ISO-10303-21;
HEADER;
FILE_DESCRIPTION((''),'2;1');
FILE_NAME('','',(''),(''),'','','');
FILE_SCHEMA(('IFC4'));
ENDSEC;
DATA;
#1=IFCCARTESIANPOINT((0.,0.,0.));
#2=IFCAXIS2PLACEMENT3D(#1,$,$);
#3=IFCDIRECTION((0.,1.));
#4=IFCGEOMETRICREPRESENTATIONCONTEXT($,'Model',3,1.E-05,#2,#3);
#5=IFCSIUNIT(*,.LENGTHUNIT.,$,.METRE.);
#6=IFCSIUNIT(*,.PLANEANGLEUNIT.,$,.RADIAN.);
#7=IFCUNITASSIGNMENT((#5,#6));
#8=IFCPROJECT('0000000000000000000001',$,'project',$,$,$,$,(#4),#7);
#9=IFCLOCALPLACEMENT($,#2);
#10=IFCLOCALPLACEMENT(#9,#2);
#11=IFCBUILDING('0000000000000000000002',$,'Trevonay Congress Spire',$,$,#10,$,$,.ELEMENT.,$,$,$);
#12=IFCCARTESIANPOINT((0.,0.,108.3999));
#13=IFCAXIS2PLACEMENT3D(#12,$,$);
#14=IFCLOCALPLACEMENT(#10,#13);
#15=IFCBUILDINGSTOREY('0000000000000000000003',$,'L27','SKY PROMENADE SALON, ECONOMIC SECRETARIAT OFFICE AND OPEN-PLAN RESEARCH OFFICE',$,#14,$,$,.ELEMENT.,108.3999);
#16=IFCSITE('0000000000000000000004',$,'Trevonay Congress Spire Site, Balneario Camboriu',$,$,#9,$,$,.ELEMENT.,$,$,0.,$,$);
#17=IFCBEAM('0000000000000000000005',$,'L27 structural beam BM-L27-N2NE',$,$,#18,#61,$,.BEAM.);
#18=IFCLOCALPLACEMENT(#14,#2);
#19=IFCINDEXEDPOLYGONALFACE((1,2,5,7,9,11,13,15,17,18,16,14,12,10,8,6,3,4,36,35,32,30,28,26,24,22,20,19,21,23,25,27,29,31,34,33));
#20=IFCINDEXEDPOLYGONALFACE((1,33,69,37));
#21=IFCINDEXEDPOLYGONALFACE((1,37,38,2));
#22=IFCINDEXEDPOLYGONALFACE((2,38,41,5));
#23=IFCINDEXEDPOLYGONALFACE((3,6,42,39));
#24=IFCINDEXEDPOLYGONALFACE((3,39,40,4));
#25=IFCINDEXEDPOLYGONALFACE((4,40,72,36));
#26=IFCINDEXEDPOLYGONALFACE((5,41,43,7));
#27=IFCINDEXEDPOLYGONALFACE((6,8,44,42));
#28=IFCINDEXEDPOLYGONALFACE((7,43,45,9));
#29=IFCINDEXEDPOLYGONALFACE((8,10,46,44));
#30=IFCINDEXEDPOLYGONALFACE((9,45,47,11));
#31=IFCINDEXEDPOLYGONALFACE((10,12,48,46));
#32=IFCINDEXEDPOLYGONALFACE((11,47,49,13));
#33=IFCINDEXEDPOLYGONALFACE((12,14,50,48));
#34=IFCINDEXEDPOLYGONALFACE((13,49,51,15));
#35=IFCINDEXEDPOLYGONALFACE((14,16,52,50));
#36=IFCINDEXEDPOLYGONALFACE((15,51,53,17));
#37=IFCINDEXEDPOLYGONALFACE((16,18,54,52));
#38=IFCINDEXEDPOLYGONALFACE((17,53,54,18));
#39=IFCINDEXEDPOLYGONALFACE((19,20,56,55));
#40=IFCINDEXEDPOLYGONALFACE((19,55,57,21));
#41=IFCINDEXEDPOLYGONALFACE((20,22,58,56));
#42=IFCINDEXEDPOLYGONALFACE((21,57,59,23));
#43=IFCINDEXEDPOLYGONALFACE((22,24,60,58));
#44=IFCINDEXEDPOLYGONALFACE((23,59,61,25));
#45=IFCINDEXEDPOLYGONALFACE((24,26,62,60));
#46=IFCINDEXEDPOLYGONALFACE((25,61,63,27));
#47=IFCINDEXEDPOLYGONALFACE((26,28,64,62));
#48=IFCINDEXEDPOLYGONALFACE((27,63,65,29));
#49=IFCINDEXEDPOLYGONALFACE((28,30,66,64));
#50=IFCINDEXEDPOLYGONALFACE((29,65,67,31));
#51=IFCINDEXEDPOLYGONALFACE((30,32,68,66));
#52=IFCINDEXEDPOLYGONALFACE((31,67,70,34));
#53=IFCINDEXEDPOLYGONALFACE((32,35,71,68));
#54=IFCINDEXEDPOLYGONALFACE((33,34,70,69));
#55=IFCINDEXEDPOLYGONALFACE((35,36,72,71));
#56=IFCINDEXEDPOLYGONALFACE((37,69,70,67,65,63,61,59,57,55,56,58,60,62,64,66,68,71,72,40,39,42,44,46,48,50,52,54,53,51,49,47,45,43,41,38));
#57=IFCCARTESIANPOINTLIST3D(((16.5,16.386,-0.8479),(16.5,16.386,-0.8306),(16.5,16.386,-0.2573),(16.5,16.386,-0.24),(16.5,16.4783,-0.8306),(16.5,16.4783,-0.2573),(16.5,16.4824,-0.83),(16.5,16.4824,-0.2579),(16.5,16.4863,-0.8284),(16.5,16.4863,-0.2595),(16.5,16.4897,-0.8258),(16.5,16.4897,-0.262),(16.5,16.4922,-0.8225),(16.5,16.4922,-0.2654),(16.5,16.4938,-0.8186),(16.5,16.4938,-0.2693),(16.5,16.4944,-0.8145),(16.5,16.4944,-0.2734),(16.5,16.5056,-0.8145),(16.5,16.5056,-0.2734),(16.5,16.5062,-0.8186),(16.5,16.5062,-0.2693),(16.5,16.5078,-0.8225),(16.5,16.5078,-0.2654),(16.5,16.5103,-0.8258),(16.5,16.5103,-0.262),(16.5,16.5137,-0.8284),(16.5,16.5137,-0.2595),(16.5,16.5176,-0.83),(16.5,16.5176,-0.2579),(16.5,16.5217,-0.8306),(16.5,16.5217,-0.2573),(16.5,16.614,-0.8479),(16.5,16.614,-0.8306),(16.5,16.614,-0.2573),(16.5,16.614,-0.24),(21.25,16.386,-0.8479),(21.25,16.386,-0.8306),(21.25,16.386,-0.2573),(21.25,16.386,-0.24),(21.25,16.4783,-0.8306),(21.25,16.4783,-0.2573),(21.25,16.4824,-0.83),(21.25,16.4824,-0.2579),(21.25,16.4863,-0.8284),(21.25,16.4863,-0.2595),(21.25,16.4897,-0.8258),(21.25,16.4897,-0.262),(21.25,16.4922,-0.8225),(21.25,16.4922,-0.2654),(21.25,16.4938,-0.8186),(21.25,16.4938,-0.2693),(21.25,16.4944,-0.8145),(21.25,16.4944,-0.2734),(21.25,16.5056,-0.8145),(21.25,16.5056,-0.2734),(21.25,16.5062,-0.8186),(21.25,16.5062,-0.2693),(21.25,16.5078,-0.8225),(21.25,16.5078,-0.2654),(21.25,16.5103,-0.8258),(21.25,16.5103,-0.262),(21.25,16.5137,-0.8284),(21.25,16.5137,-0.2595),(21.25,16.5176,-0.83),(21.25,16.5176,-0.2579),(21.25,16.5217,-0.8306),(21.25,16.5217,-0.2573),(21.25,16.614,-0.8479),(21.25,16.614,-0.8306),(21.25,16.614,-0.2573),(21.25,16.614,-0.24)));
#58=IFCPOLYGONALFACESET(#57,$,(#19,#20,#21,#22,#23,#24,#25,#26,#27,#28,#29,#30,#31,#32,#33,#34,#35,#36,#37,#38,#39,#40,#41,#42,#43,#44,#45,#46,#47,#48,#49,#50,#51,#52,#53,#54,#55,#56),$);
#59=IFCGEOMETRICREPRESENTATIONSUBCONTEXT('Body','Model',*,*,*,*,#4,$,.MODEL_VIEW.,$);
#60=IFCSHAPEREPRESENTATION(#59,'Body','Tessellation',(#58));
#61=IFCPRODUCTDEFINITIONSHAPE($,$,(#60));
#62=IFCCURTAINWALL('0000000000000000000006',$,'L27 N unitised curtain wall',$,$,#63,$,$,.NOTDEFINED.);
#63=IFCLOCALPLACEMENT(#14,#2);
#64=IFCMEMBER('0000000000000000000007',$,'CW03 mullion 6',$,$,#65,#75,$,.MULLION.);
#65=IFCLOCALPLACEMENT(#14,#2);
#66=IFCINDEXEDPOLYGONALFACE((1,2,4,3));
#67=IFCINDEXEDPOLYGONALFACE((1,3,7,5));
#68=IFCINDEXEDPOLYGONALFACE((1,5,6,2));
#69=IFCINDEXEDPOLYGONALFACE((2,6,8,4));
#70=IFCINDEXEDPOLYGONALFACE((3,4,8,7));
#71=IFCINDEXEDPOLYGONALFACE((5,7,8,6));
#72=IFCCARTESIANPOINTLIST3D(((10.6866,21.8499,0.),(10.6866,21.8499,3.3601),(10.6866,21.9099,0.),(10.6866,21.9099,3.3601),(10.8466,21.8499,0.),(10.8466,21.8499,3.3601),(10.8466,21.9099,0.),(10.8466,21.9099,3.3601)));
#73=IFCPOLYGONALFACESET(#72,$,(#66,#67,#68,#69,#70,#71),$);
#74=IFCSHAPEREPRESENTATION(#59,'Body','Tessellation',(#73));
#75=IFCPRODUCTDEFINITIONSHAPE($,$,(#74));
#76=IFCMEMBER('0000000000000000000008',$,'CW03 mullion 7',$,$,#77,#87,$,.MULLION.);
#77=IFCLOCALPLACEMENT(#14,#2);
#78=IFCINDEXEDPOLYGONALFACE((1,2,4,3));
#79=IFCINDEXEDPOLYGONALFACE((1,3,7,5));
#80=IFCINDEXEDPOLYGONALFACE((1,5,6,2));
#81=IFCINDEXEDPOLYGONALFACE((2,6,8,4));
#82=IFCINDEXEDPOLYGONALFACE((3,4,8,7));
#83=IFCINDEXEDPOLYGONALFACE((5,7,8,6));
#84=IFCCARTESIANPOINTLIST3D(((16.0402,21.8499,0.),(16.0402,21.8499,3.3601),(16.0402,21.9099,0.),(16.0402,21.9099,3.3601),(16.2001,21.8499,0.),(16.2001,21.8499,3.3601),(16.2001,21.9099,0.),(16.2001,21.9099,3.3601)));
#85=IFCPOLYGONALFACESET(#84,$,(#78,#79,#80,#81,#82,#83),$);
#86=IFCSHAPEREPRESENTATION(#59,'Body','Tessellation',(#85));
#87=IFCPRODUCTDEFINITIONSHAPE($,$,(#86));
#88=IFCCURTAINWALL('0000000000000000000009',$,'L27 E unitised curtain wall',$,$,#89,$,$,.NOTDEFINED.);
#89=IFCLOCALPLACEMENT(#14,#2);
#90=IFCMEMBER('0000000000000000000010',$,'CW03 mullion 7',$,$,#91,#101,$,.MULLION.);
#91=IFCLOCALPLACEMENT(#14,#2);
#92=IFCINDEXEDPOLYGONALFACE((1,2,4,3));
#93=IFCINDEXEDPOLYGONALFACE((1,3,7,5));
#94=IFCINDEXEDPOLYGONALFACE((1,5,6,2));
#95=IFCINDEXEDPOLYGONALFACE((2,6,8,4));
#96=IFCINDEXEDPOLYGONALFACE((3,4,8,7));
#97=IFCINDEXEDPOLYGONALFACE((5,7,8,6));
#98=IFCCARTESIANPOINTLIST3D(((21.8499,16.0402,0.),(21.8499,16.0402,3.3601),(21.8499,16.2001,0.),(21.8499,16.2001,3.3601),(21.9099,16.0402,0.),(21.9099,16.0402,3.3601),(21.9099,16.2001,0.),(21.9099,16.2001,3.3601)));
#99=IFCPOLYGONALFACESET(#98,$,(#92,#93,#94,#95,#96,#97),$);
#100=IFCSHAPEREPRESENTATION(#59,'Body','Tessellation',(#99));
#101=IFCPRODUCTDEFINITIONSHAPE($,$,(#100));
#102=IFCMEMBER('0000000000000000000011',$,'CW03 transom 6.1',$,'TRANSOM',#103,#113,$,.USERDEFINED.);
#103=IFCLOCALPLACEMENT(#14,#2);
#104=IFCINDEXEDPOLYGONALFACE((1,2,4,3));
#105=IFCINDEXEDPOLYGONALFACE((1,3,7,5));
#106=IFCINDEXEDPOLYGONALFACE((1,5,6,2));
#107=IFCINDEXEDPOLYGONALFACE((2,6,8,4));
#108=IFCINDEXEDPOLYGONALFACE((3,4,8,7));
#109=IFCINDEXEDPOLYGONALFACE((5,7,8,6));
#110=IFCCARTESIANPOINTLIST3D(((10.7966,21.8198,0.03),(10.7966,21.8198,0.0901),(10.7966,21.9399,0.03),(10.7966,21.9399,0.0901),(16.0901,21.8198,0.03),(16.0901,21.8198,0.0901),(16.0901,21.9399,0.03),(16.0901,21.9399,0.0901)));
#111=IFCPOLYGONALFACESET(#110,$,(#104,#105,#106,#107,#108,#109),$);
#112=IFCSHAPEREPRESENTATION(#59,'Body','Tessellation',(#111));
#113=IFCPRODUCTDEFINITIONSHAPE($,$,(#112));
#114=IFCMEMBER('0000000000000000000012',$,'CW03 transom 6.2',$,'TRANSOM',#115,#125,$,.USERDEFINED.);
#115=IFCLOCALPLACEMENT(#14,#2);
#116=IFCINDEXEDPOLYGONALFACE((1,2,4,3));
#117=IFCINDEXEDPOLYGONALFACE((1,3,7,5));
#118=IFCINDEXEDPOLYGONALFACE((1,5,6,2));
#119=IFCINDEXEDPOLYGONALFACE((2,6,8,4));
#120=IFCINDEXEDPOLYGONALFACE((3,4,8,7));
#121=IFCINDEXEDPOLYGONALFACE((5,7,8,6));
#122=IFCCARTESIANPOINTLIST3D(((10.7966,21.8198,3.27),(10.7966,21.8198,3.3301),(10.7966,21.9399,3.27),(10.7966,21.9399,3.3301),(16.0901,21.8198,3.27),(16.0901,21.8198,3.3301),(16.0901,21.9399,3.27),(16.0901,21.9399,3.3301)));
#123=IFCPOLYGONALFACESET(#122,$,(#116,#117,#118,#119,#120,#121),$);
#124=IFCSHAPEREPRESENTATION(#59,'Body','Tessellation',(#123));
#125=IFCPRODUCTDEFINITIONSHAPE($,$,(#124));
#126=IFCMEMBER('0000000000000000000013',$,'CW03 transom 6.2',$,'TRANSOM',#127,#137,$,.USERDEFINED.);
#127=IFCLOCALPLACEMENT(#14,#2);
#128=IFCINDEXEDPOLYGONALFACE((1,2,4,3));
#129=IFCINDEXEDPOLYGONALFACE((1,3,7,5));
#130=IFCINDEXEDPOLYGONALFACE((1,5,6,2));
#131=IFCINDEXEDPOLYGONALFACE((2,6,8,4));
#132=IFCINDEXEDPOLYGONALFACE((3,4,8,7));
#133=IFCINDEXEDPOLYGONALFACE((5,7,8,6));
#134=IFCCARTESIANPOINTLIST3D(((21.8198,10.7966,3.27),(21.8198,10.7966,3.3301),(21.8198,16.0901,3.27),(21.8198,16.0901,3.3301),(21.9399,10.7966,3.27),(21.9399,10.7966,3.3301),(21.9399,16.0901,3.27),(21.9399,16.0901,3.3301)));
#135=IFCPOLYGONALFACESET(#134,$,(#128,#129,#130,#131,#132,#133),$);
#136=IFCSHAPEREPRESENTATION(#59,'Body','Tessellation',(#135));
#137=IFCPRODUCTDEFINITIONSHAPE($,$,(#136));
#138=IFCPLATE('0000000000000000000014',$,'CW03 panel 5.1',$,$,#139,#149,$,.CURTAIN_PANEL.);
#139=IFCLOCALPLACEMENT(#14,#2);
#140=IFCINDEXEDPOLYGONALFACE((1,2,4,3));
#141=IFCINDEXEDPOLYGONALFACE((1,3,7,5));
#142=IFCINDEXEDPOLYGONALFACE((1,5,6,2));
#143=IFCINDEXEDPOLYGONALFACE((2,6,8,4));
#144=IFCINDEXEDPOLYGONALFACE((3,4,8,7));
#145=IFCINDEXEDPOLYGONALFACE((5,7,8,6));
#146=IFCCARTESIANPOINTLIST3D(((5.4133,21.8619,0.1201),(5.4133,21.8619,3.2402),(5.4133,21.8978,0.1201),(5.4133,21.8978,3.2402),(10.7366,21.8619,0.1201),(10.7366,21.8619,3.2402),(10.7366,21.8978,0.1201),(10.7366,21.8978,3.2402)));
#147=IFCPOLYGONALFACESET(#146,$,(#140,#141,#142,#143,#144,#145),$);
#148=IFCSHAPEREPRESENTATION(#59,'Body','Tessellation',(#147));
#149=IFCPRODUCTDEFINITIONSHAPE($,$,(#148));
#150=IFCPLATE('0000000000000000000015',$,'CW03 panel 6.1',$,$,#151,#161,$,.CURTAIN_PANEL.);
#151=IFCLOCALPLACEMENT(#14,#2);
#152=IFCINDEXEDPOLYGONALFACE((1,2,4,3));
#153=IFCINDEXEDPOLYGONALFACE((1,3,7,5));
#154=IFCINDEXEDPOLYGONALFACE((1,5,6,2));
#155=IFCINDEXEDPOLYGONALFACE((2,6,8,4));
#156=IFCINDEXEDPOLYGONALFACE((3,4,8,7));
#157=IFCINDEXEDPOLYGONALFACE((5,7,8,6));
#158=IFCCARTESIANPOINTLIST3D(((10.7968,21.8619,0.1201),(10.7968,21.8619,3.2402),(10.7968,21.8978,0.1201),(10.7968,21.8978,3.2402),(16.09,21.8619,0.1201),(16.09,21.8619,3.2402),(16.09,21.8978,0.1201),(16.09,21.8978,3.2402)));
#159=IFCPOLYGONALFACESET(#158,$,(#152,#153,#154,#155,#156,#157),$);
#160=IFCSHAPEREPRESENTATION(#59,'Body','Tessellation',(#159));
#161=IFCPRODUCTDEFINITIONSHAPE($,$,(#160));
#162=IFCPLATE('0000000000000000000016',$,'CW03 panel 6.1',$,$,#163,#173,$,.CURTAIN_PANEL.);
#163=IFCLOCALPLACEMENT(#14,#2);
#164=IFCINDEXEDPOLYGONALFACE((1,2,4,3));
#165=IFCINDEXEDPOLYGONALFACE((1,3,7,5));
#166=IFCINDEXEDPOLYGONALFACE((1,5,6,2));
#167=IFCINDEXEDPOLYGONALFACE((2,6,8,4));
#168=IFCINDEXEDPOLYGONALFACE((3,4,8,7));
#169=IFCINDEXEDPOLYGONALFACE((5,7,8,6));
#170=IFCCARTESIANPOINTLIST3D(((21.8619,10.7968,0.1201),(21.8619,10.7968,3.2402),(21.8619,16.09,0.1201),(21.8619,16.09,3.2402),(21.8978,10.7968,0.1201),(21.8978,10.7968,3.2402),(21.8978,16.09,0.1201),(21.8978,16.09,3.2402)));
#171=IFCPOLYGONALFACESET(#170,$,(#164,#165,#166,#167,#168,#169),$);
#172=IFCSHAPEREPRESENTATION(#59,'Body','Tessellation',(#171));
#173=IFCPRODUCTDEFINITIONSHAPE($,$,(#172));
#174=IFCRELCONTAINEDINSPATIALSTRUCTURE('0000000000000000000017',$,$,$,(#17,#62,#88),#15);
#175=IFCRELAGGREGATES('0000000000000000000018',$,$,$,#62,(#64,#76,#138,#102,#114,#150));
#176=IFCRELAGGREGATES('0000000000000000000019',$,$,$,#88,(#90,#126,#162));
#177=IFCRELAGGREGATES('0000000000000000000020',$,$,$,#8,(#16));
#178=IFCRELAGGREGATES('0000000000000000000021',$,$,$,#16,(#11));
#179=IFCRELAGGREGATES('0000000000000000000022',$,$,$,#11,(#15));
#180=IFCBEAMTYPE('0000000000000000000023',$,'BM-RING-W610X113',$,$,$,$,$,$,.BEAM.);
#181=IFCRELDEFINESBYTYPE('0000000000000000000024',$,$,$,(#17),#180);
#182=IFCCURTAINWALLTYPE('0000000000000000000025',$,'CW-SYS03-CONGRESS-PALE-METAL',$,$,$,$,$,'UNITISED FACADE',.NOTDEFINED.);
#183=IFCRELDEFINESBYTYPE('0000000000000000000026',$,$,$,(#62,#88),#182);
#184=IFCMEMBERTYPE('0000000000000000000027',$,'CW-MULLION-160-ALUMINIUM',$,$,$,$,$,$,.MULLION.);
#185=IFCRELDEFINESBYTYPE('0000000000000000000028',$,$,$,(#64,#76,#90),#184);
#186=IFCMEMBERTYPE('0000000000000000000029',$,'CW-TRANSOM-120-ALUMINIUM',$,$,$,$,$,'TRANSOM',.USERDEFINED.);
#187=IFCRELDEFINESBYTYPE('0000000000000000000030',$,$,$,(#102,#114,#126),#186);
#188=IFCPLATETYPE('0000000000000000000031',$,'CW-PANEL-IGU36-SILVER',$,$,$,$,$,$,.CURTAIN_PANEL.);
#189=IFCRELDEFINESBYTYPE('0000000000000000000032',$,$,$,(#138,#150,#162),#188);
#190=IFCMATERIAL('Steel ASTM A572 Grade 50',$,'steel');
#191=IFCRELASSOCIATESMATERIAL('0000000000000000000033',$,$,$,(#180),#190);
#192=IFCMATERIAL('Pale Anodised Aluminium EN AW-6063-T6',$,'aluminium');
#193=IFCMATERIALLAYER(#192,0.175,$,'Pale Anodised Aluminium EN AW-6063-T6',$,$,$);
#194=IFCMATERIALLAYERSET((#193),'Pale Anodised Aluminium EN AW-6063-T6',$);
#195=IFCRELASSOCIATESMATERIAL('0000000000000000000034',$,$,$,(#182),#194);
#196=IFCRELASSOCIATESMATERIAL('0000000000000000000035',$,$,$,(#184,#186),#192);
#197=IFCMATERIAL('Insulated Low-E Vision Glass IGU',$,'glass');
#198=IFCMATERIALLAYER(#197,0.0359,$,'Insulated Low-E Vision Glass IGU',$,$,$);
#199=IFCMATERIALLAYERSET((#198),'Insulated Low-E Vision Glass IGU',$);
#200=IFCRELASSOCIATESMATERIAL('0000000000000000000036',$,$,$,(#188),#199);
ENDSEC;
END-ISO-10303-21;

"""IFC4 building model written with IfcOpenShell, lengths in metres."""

from ifc_helpers import new_model, si_unit, direction, frame, origin, origin_2d, place, context, subcontext, project, spatial, rectangle, i_section, extrude, material, layer, layer_set, material_profile, profile_set, type_object, element, aggregate, save


model = new_model("IFC4")

# Units and contexts
model_context = context("Model", 3, precision=1e-05, world=origin(), true_north=direction((0.0, 1.0)))
body_context = subcontext(model_context, "Body", "Model", "MODEL_VIEW")
ifc_project = project(units=[si_unit("LENGTHUNIT", "METRE"), si_unit("PLANEANGLEUNIT", "RADIAN")], contexts=[model_context])

# Site, building, storey
site_placement = place(None, origin())
site = spatial("IfcSite", under=ifc_project, at=site_placement, Name="Trevonay Congress Spire Site, Balneario Camboriu", CompositionType="ELEMENT", RefElevation=0.0)
building_placement = place(site_placement, origin())
building = spatial("IfcBuilding", under=site, at=building_placement, Name="Trevonay Congress Spire", CompositionType="ELEMENT")
storey_placement = place(building_placement, frame((0.0, 0.0, 108.3999)))
storey = spatial("IfcBuildingStorey", under=building, at=storey_placement, Name="L27", Description="SKY PROMENADE SALON, ECONOMIC SECRETARIAT OFFICE AND OPEN-PLAN RESEARCH OFFICE", CompositionType="ELEMENT", Elevation=108.3999)

# Shared definitions
ifc_material_1 = material(Name="Steel ASTM A572 Grade 50", Category="steel")

# Beam
ifc_material_profile_1 = material_profile(ifc_material_1, i_section(OverallWidth=0.228, OverallDepth=0.6079, WebThickness=0.0112, FlangeThickness=0.0173, FilletRadius=0.0161, at=origin_2d()), Name="W610x113")
ifc_profile_set_1 = profile_set([ifc_material_profile_1], Name="Steel ASTM A572 Grade 50")
beam_type = type_object("IfcBeamType", Name="BM-RING-W610X113", PredefinedType="BEAM", material=ifc_profile_set_1)
for number, where, z_axis, x_axis, name in (
    (1, (21.25, 16.5, -0.5439), (-1.0, 0.0, 0.0), (0.0, -1.0, 0.0), "L27 structural beam BM-L27-N2NE"),
):
    element("IfcBeam", number, at=place(storey_placement, frame(where, z_axis=z_axis, x_axis=x_axis)), inside=storey, type_object=beam_type, Name=name, PredefinedType="BEAM", context=body_context, shape_type="SweptSolid", body=[
        extrude(i_section(OverallWidth=0.228, OverallDepth=0.6079, WebThickness=0.0112, FlangeThickness=0.0173, FilletRadius=0.0161, at=origin_2d()), origin(), (0.0, 0.0, 1.0), 4.75),
    ])

# Curtain wall, members
ifc_material_2 = material(Name="Pale Anodised Aluminium EN AW-6063-T6", Category="aluminium")
ifc_layer_1 = layer(ifc_material_2, 0.175, Name="Pale Anodised Aluminium EN AW-6063-T6")
ifc_layer_set_1 = layer_set([ifc_layer_1], Name="Pale Anodised Aluminium EN AW-6063-T6")
curtain_wall_type = type_object("IfcCurtainWallType", Name="CW-SYS03-CONGRESS-PALE-METAL", ElementType="UNITISED FACADE", PredefinedType="NOTDEFINED", material=ifc_layer_set_1)
curtain_wall_1_placement = place(storey_placement, origin())
curtain_wall_1 = element("IfcCurtainWall", 2, at=curtain_wall_1_placement, inside=storey, type_object=curtain_wall_type, Name="L27 N unitised curtain wall", PredefinedType="NOTDEFINED")
ifc_material_profile_2 = material_profile(ifc_material_2, rectangle(XDim=0.0601, YDim=0.1599, at=origin_2d()), Name="CW-MULLION-160-ALUMINIUM")
ifc_profile_set_2 = profile_set([ifc_material_profile_2], Name="Pale Anodised Aluminium EN AW-6063-T6")
member_type_1 = type_object("IfcMemberType", Name="CW-MULLION-160-ALUMINIUM", PredefinedType="MULLION", material=ifc_profile_set_2)
member_1_placement = place(storey_placement, frame((10.7666, 21.8799, 0.0), z_axis=(0.0, 0.0, 1.0), x_axis=(0.0, 1.0, 0.0)))
member_1 = element("IfcMember", 3, at=member_1_placement, type_object=member_type_1, Name="CW03 mullion 6", PredefinedType="MULLION", context=body_context, shape_type="SweptSolid", body=[
    extrude(rectangle(XDim=0.0601, YDim=0.1599, at=origin_2d()), origin(), (0.0, 0.0, 1.0), 3.3601),
])
member_2_placement = place(storey_placement, frame((16.1201, 21.8799, 0.0), z_axis=(0.0, 0.0, 1.0), x_axis=(0.0, 1.0, 0.0)))
member_2 = element("IfcMember", 4, at=member_2_placement, type_object=member_type_1, Name="CW03 mullion 7", PredefinedType="MULLION", context=body_context, shape_type="SweptSolid", body=[
    extrude(rectangle(XDim=0.0601, YDim=0.1599, at=origin_2d()), origin(), (0.0, 0.0, 1.0), 3.3601),
])

# Curtain wall, member
curtain_wall_2_placement = place(storey_placement, origin())
curtain_wall_2 = element("IfcCurtainWall", 5, at=curtain_wall_2_placement, inside=storey, type_object=curtain_wall_type, Name="L27 E unitised curtain wall", PredefinedType="NOTDEFINED")
member_3_placement = place(storey_placement, frame((21.8799, 16.1201, 0.0), z_axis=(0.0, 0.0, 1.0), x_axis=(-1.0, 0.0, 0.0)))
member_3 = element("IfcMember", 6, at=member_3_placement, type_object=member_type_1, Name="CW03 mullion 7", PredefinedType="MULLION", context=body_context, shape_type="SweptSolid", body=[
    extrude(rectangle(XDim=0.0601, YDim=0.1599, at=origin_2d()), origin(), (0.0, 0.0, 1.0), 3.3601),
])

# Members
ifc_material_profile_3 = material_profile(ifc_material_2, rectangle(XDim=0.1201, YDim=0.0601, at=origin_2d()), Name="CW-TRANSOM-120-ALUMINIUM")
ifc_profile_set_3 = profile_set([ifc_material_profile_3], Name="Pale Anodised Aluminium EN AW-6063-T6")
member_type_2 = type_object("IfcMemberType", Name="CW-TRANSOM-120-ALUMINIUM", ElementType="TRANSOM", PredefinedType="USERDEFINED", material=ifc_profile_set_3)
member_4_placement = place(storey_placement, frame((10.7966, 21.8799, 0.0601), z_axis=(1.0, 0.0, 0.0), x_axis=(0.0, 1.0, 0.0)))
member_4 = element("IfcMember", 7, at=member_4_placement, type_object=member_type_2, Name="CW03 transom 6.1", ObjectType="TRANSOM", PredefinedType="USERDEFINED", context=body_context, shape_type="SweptSolid", body=[
    extrude(rectangle(XDim=0.1201, YDim=0.0601, at=origin_2d()), origin(), (0.0, 0.0, 1.0), 5.2935),
])
member_5_placement = place(storey_placement, frame((10.7966, 21.8799, 3.3), z_axis=(1.0, 0.0, 0.0), x_axis=(0.0, 1.0, 0.0)))
member_5 = element("IfcMember", 8, at=member_5_placement, type_object=member_type_2, Name="CW03 transom 6.2", ObjectType="TRANSOM", PredefinedType="USERDEFINED", context=body_context, shape_type="SweptSolid", body=[
    extrude(rectangle(XDim=0.1201, YDim=0.0601, at=origin_2d()), origin(), (0.0, 0.0, 1.0), 5.2935),
])
member_6_placement = place(storey_placement, frame((21.8799, 10.7966, 3.3), z_axis=(0.0, 1.0, 0.0), x_axis=(-1.0, 0.0, 0.0)))
member_6 = element("IfcMember", 9, at=member_6_placement, type_object=member_type_2, Name="CW03 transom 6.2", ObjectType="TRANSOM", PredefinedType="USERDEFINED", context=body_context, shape_type="SweptSolid", body=[
    extrude(rectangle(XDim=0.1201, YDim=0.0601, at=origin_2d()), origin(), (0.0, 0.0, 1.0), 5.2935),
])

# Plates
ifc_material_3 = material(Name="Insulated Low-E Vision Glass IGU", Category="glass")
ifc_layer_2 = layer(ifc_material_3, 0.0359, Name="Insulated Low-E Vision Glass IGU")
ifc_layer_set_2 = layer_set([ifc_layer_2], Name="Insulated Low-E Vision Glass IGU")
plate_type = type_object("IfcPlateType", Name="CW-PANEL-IGU36-SILVER", PredefinedType="CURTAIN_PANEL", material=ifc_layer_set_2)
plate_1_placement = place(storey_placement, frame((8.075, 21.8799, 0.1201), z_axis=(0.0, 0.0, 1.0), x_axis=(1.0, 0.0, 0.0)))
plate_1 = element("IfcPlate", 10, at=plate_1_placement, type_object=plate_type, Name="CW03 panel 5.1", PredefinedType="CURTAIN_PANEL", context=body_context, shape_type="SweptSolid", body=[
    extrude(rectangle(XDim=5.3232, YDim=0.0359, at=origin_2d()), origin(), (0.0, 0.0, 1.0), 3.1201),
])
plate_2_placement = place(storey_placement, frame((13.4434, 21.8799, 0.1201), z_axis=(0.0, 0.0, 1.0), x_axis=(1.0, 0.0, 0.0)))
plate_2 = element("IfcPlate", 11, at=plate_2_placement, type_object=plate_type, Name="CW03 panel 6.1", PredefinedType="CURTAIN_PANEL", context=body_context, shape_type="SweptSolid", body=[
    extrude(rectangle(XDim=5.2932, YDim=0.0359, at=origin_2d()), origin(), (0.0, 0.0, 1.0), 3.1201),
])
aggregate(curtain_wall_1, [member_1, member_2, plate_1, member_4, member_5, plate_2])
plate_3_placement = place(storey_placement, frame((21.8799, 13.4434, 0.1201), z_axis=(0.0, 0.0, 1.0), x_axis=(0.0, 1.0, 0.0)))
plate_3 = element("IfcPlate", 12, at=plate_3_placement, type_object=plate_type, Name="CW03 panel 6.1", PredefinedType="CURTAIN_PANEL", context=body_context, shape_type="SweptSolid", body=[
    extrude(rectangle(XDim=5.2932, YDim=0.0359, at=origin_2d()), origin(), (0.0, 0.0, 1.0), 3.1201),
])
aggregate(curtain_wall_2, [member_3, member_6, plate_3])

save(model, "model.ifc")
